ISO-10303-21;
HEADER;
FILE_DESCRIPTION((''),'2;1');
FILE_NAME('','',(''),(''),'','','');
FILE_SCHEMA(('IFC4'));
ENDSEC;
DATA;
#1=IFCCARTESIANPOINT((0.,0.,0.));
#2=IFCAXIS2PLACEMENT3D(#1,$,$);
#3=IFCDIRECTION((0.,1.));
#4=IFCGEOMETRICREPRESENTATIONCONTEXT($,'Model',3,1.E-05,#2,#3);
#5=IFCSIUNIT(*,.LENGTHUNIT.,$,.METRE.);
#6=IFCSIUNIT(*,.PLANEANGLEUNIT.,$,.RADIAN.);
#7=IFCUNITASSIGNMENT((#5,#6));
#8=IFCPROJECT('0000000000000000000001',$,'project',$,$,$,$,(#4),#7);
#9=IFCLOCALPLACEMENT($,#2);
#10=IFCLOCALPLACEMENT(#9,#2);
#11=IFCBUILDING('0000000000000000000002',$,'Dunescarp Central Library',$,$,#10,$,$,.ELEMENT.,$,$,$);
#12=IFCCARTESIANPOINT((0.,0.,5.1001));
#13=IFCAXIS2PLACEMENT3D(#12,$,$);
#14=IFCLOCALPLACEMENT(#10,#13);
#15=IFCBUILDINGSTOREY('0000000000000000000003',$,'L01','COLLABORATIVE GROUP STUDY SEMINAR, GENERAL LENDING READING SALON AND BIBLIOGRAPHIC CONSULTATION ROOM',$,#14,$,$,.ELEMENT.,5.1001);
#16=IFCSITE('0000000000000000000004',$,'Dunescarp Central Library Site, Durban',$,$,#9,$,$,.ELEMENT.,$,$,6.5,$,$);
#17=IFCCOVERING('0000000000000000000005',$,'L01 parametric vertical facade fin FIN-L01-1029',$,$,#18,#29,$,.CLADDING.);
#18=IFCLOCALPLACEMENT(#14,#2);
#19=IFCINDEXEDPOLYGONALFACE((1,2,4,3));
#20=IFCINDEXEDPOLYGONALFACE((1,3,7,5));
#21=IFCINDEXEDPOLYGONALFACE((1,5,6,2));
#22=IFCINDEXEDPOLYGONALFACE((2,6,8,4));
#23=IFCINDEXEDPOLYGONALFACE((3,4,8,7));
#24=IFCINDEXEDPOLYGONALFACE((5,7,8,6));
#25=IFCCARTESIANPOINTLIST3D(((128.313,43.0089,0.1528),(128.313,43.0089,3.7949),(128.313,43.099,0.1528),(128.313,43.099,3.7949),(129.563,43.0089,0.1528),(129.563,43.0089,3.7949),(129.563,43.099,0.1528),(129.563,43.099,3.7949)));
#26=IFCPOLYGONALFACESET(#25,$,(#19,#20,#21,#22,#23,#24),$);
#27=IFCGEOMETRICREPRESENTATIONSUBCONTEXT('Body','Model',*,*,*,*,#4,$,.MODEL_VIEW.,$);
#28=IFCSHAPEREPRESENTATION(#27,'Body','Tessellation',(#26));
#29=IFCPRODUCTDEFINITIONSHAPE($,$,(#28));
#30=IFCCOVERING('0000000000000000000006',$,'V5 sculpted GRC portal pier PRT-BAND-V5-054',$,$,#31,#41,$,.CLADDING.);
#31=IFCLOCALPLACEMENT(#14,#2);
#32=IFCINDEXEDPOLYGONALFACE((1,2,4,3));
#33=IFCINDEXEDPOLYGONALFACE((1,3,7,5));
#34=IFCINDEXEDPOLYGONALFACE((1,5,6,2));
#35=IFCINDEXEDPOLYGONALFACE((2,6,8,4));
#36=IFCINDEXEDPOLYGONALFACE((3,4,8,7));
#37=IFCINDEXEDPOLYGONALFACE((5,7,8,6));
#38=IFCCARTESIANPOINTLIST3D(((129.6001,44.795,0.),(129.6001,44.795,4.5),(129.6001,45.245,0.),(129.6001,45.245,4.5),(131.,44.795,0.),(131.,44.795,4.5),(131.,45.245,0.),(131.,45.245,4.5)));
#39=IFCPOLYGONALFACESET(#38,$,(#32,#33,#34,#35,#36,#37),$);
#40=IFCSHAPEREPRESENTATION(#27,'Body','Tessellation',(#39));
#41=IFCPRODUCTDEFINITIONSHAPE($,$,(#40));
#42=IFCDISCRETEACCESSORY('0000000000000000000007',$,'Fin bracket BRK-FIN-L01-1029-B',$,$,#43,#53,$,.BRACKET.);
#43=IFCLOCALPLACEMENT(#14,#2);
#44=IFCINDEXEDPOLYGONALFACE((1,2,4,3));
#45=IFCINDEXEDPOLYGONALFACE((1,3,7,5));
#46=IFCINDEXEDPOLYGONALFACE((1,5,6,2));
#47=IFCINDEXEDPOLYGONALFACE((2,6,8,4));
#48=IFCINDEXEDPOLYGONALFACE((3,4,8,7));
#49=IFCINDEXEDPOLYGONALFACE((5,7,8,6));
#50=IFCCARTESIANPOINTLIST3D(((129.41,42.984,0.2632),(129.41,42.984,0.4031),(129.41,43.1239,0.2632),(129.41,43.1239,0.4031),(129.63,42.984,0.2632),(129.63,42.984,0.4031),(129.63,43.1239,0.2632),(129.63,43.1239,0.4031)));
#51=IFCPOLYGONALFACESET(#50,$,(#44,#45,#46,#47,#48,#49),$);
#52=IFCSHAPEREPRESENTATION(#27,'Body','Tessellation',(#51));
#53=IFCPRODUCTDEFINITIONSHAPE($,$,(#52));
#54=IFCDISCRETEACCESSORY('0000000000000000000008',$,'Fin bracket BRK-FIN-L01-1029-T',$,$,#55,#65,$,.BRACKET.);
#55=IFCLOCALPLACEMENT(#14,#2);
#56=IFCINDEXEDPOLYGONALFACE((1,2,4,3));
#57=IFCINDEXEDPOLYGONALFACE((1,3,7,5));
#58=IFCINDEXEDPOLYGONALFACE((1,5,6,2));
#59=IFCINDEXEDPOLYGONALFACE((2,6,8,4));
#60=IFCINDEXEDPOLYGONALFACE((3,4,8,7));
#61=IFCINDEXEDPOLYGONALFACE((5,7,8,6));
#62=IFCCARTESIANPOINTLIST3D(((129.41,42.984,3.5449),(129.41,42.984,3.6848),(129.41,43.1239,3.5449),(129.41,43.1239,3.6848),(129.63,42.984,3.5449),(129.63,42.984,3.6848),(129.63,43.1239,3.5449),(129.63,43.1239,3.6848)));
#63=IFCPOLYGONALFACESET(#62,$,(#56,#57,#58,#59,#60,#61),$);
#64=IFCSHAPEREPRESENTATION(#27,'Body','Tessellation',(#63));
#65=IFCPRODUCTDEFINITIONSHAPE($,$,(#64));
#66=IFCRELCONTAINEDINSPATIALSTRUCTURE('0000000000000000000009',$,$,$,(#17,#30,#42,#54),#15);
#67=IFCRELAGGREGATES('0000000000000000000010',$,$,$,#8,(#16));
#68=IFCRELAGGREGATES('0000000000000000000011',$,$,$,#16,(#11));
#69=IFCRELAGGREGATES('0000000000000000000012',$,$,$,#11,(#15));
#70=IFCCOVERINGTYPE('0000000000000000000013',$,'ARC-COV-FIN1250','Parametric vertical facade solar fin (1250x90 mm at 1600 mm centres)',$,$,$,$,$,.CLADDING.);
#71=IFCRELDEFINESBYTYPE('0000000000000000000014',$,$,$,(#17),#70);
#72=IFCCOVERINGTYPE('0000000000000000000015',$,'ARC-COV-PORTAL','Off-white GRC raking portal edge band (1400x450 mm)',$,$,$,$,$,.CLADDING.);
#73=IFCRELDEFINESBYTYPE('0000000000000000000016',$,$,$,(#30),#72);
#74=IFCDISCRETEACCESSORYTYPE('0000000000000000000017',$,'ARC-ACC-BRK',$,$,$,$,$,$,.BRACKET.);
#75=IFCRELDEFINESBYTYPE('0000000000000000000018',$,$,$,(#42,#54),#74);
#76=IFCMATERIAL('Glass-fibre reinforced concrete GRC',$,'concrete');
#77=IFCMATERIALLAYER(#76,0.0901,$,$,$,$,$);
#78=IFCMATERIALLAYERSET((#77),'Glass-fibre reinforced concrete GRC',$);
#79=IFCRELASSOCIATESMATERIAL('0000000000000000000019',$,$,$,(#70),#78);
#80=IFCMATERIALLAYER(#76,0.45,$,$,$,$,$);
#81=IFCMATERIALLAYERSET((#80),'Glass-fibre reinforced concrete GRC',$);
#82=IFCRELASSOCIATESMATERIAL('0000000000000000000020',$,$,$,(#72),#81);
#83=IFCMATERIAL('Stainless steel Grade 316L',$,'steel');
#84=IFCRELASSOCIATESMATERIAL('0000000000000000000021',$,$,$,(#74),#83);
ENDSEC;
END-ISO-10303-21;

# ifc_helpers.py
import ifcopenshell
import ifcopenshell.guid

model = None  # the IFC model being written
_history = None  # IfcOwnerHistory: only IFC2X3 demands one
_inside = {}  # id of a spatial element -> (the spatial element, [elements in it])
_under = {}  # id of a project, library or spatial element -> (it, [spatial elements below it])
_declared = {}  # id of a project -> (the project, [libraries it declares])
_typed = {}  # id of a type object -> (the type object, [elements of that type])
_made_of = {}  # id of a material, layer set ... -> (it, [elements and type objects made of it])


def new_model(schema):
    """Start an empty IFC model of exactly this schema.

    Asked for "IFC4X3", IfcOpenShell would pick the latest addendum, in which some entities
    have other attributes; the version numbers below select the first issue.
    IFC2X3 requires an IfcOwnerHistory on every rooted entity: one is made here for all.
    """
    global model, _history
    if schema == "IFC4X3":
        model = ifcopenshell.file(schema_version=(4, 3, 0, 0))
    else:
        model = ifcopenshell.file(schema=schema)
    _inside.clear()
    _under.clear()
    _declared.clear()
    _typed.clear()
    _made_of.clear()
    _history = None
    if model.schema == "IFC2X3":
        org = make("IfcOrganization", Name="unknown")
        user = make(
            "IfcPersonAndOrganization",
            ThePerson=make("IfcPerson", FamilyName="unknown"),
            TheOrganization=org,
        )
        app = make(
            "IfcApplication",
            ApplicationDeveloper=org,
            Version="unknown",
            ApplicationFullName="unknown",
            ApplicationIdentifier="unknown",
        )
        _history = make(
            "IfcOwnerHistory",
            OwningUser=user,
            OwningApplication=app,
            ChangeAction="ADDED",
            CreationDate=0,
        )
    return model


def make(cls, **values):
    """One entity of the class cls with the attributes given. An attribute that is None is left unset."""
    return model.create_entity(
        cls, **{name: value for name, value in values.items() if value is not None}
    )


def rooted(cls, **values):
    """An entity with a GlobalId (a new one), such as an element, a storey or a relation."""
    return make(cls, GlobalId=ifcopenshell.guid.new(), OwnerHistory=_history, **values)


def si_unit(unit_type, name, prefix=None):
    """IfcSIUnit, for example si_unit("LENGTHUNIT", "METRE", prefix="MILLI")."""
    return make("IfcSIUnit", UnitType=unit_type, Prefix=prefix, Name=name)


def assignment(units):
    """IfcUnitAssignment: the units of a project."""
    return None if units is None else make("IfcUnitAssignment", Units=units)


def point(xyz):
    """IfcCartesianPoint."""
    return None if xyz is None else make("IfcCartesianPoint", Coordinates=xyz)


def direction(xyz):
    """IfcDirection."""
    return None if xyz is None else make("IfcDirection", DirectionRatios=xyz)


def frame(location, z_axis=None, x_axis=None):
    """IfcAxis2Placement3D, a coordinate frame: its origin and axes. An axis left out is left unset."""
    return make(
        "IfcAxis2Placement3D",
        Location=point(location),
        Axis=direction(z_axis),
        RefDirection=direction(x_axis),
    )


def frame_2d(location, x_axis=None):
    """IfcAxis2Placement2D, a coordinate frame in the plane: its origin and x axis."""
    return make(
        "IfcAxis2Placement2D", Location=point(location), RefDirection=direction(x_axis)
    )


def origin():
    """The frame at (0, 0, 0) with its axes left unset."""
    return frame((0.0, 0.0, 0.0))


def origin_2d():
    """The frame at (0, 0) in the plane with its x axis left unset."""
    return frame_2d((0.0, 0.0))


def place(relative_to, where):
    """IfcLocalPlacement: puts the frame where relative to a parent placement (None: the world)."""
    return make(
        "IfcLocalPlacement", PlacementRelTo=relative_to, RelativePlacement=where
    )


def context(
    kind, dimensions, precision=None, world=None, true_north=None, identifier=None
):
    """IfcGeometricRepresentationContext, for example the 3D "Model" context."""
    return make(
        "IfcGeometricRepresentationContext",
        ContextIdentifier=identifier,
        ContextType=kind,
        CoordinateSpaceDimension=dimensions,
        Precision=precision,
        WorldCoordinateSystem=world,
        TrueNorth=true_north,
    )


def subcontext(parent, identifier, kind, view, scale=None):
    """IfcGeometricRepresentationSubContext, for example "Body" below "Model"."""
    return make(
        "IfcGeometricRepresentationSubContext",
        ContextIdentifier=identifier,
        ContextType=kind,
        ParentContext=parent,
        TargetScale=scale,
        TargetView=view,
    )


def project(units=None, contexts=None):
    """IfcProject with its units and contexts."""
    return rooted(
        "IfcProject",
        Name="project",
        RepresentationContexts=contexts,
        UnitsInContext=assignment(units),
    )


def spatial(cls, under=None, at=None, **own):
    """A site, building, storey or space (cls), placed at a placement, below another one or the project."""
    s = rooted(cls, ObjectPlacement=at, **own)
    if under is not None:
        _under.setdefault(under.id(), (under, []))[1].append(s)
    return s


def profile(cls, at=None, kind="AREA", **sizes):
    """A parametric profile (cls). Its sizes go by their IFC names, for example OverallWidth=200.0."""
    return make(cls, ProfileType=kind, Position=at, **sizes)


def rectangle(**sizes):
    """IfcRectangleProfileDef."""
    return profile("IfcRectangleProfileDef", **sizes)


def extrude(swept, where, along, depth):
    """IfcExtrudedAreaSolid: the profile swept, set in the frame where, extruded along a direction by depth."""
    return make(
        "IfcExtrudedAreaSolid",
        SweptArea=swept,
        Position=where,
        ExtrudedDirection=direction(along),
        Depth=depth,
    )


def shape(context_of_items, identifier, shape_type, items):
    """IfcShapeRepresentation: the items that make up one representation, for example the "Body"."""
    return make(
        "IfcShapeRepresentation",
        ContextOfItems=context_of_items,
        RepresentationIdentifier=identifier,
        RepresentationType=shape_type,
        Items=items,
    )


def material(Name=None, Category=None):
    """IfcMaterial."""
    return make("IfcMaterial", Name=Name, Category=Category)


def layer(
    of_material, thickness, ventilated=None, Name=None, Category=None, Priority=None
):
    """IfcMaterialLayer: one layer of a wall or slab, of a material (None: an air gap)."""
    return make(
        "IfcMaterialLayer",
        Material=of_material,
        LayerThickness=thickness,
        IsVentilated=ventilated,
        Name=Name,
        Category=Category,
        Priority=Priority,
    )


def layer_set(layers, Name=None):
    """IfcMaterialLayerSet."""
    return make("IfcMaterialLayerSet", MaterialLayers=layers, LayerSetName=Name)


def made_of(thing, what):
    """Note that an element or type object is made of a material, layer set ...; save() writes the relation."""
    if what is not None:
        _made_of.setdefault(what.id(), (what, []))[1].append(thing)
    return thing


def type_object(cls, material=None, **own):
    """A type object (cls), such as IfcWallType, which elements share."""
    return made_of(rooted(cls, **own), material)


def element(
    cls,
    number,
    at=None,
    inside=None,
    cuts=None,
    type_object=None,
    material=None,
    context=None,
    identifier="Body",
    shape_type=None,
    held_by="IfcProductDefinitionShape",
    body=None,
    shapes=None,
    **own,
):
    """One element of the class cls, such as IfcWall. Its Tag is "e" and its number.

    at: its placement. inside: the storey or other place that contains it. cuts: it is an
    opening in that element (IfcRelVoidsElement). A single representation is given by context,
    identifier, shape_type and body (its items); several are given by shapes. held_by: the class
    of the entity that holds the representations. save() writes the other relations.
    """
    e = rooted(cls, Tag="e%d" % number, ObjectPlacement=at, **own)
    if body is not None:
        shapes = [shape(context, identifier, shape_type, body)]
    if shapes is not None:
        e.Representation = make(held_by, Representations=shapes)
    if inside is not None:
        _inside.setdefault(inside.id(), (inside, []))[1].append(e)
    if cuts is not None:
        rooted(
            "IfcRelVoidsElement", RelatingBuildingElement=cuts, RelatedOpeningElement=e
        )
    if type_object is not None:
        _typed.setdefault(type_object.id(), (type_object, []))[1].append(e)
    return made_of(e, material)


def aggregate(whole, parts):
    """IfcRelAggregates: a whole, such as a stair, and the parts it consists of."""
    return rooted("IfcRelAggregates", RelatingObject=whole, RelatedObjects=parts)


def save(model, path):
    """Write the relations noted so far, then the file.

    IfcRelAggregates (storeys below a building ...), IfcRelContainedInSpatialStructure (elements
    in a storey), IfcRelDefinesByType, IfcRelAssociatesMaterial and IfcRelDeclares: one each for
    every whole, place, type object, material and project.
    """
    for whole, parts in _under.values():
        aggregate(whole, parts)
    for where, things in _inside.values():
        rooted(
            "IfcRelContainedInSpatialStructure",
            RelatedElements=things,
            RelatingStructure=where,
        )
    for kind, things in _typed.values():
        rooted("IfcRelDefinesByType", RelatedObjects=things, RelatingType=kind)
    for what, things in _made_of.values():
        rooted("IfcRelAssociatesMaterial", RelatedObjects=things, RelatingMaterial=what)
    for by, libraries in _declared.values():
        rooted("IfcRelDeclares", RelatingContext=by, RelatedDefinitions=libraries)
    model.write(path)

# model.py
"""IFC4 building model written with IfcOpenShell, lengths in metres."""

from ifc_helpers import new_model, si_unit, direction, frame, origin, origin_2d, place, context, subcontext, project, spatial, rectangle, extrude, material, layer, layer_set, type_object, element, save


model = new_model("IFC4")

# Units and contexts
model_context = context("Model", 3, precision=1e-05, world=origin(), true_north=direction((0.0, 1.0)))
body_context = subcontext(model_context, "Body", "Model", "MODEL_VIEW")
ifc_project = project(units=[si_unit("LENGTHUNIT", "METRE"), si_unit("PLANEANGLEUNIT", "RADIAN")], contexts=[model_context])

# Site, building, storey
site_placement = place(None, origin())
site = spatial("IfcSite", under=ifc_project, at=site_placement, Name="Dunescarp Central Library Site, Durban", CompositionType="ELEMENT", RefElevation=6.5)
building_placement = place(site_placement, origin())
building = spatial("IfcBuilding", under=site, at=building_placement, Name="Dunescarp Central Library", CompositionType="ELEMENT")
storey_placement = place(building_placement, frame((0.0, 0.0, 5.1001)))
storey = spatial("IfcBuildingStorey", under=building, at=storey_placement, Name="L01", Description="COLLABORATIVE GROUP STUDY SEMINAR, GENERAL LENDING READING SALON AND BIBLIOGRAPHIC CONSULTATION ROOM", CompositionType="ELEMENT", Elevation=5.1001)

# Shared definitions
ifc_material_1 = material(Name="Glass-fibre reinforced concrete GRC", Category="concrete")

# Coverings
ifc_layer_1 = layer(ifc_material_1, 0.0901)
ifc_layer_set_1 = layer_set([ifc_layer_1], Name="Glass-fibre reinforced concrete GRC")
covering_type_1 = type_object("IfcCoveringType", Name="ARC-COV-FIN1250", Description="Parametric vertical facade solar fin (1250x90 mm at 1600 mm centres)", PredefinedType="CLADDING", material=ifc_layer_set_1)
covering_1_placement = place(storey_placement, frame((128.938, 43.054, 0.1528), z_axis=(0.0, 0.0, 1.0), x_axis=(-1.0, 0.0, 0.0)))
element("IfcCovering", 1, at=covering_1_placement, inside=storey, type_object=covering_type_1, Name="L01 parametric vertical facade fin FIN-L01-1029", PredefinedType="CLADDING", context=body_context, shape_type="SweptSolid", body=[
    extrude(rectangle(XDim=1.25, YDim=0.0901, at=origin_2d()), origin(), (0.0, 0.0, 1.0), 3.6421),
])
ifc_layer_2 = layer(ifc_material_1, 0.45)
ifc_layer_set_2 = layer_set([ifc_layer_2], Name="Glass-fibre reinforced concrete GRC")
covering_type_2 = type_object("IfcCoveringType", Name="ARC-COV-PORTAL", Description="Off-white GRC raking portal edge band (1400x450 mm)", PredefinedType="CLADDING", material=ifc_layer_set_2)
covering_2_placement = place(storey_placement, frame((130.3, 45.02, 0.0), z_axis=(0.0, 0.0, 1.0), x_axis=(1.0, 0.0, 0.0)))
element("IfcCovering", 2, at=covering_2_placement, inside=storey, type_object=covering_type_2, Name="V5 sculpted GRC portal pier PRT-BAND-V5-054", PredefinedType="CLADDING", context=body_context, shape_type="SweptSolid", body=[
    extrude(rectangle(XDim=1.3999, YDim=0.45, at=origin_2d()), origin(), (0.0, 0.0, 1.0), 4.5),
])

# Discrete accessories
ifc_material_2 = material(Name="Stainless steel Grade 316L", Category="steel")
discrete_accessory_type = type_object("IfcDiscreteAccessoryType", Name="ARC-ACC-BRK", PredefinedType="BRACKET", material=ifc_material_2)
for number, where, z_axis, x_axis, name in (
    (3, (129.52, 43.054, 0.2632), (0.0, 0.0, 1.0), (-1.0, 0.0, 0.0), "Fin bracket BRK-FIN-L01-1029-B"),
    (4, (129.52, 43.054, 3.5449), (0.0, 0.0, 1.0), (-1.0, 0.0, 0.0), "Fin bracket BRK-FIN-L01-1029-T"),
):
    element("IfcDiscreteAccessory", number, at=place(storey_placement, frame(where, z_axis=z_axis, x_axis=x_axis)), inside=storey, type_object=discrete_accessory_type, Name=name, PredefinedType="BRACKET", context=body_context, shape_type="SweptSolid", body=[
        extrude(rectangle(XDim=0.22, YDim=0.1399, at=origin_2d()), origin(), (0.0, 0.0, 1.0), 0.1399),
    ])

save(model, "model.ifc")
